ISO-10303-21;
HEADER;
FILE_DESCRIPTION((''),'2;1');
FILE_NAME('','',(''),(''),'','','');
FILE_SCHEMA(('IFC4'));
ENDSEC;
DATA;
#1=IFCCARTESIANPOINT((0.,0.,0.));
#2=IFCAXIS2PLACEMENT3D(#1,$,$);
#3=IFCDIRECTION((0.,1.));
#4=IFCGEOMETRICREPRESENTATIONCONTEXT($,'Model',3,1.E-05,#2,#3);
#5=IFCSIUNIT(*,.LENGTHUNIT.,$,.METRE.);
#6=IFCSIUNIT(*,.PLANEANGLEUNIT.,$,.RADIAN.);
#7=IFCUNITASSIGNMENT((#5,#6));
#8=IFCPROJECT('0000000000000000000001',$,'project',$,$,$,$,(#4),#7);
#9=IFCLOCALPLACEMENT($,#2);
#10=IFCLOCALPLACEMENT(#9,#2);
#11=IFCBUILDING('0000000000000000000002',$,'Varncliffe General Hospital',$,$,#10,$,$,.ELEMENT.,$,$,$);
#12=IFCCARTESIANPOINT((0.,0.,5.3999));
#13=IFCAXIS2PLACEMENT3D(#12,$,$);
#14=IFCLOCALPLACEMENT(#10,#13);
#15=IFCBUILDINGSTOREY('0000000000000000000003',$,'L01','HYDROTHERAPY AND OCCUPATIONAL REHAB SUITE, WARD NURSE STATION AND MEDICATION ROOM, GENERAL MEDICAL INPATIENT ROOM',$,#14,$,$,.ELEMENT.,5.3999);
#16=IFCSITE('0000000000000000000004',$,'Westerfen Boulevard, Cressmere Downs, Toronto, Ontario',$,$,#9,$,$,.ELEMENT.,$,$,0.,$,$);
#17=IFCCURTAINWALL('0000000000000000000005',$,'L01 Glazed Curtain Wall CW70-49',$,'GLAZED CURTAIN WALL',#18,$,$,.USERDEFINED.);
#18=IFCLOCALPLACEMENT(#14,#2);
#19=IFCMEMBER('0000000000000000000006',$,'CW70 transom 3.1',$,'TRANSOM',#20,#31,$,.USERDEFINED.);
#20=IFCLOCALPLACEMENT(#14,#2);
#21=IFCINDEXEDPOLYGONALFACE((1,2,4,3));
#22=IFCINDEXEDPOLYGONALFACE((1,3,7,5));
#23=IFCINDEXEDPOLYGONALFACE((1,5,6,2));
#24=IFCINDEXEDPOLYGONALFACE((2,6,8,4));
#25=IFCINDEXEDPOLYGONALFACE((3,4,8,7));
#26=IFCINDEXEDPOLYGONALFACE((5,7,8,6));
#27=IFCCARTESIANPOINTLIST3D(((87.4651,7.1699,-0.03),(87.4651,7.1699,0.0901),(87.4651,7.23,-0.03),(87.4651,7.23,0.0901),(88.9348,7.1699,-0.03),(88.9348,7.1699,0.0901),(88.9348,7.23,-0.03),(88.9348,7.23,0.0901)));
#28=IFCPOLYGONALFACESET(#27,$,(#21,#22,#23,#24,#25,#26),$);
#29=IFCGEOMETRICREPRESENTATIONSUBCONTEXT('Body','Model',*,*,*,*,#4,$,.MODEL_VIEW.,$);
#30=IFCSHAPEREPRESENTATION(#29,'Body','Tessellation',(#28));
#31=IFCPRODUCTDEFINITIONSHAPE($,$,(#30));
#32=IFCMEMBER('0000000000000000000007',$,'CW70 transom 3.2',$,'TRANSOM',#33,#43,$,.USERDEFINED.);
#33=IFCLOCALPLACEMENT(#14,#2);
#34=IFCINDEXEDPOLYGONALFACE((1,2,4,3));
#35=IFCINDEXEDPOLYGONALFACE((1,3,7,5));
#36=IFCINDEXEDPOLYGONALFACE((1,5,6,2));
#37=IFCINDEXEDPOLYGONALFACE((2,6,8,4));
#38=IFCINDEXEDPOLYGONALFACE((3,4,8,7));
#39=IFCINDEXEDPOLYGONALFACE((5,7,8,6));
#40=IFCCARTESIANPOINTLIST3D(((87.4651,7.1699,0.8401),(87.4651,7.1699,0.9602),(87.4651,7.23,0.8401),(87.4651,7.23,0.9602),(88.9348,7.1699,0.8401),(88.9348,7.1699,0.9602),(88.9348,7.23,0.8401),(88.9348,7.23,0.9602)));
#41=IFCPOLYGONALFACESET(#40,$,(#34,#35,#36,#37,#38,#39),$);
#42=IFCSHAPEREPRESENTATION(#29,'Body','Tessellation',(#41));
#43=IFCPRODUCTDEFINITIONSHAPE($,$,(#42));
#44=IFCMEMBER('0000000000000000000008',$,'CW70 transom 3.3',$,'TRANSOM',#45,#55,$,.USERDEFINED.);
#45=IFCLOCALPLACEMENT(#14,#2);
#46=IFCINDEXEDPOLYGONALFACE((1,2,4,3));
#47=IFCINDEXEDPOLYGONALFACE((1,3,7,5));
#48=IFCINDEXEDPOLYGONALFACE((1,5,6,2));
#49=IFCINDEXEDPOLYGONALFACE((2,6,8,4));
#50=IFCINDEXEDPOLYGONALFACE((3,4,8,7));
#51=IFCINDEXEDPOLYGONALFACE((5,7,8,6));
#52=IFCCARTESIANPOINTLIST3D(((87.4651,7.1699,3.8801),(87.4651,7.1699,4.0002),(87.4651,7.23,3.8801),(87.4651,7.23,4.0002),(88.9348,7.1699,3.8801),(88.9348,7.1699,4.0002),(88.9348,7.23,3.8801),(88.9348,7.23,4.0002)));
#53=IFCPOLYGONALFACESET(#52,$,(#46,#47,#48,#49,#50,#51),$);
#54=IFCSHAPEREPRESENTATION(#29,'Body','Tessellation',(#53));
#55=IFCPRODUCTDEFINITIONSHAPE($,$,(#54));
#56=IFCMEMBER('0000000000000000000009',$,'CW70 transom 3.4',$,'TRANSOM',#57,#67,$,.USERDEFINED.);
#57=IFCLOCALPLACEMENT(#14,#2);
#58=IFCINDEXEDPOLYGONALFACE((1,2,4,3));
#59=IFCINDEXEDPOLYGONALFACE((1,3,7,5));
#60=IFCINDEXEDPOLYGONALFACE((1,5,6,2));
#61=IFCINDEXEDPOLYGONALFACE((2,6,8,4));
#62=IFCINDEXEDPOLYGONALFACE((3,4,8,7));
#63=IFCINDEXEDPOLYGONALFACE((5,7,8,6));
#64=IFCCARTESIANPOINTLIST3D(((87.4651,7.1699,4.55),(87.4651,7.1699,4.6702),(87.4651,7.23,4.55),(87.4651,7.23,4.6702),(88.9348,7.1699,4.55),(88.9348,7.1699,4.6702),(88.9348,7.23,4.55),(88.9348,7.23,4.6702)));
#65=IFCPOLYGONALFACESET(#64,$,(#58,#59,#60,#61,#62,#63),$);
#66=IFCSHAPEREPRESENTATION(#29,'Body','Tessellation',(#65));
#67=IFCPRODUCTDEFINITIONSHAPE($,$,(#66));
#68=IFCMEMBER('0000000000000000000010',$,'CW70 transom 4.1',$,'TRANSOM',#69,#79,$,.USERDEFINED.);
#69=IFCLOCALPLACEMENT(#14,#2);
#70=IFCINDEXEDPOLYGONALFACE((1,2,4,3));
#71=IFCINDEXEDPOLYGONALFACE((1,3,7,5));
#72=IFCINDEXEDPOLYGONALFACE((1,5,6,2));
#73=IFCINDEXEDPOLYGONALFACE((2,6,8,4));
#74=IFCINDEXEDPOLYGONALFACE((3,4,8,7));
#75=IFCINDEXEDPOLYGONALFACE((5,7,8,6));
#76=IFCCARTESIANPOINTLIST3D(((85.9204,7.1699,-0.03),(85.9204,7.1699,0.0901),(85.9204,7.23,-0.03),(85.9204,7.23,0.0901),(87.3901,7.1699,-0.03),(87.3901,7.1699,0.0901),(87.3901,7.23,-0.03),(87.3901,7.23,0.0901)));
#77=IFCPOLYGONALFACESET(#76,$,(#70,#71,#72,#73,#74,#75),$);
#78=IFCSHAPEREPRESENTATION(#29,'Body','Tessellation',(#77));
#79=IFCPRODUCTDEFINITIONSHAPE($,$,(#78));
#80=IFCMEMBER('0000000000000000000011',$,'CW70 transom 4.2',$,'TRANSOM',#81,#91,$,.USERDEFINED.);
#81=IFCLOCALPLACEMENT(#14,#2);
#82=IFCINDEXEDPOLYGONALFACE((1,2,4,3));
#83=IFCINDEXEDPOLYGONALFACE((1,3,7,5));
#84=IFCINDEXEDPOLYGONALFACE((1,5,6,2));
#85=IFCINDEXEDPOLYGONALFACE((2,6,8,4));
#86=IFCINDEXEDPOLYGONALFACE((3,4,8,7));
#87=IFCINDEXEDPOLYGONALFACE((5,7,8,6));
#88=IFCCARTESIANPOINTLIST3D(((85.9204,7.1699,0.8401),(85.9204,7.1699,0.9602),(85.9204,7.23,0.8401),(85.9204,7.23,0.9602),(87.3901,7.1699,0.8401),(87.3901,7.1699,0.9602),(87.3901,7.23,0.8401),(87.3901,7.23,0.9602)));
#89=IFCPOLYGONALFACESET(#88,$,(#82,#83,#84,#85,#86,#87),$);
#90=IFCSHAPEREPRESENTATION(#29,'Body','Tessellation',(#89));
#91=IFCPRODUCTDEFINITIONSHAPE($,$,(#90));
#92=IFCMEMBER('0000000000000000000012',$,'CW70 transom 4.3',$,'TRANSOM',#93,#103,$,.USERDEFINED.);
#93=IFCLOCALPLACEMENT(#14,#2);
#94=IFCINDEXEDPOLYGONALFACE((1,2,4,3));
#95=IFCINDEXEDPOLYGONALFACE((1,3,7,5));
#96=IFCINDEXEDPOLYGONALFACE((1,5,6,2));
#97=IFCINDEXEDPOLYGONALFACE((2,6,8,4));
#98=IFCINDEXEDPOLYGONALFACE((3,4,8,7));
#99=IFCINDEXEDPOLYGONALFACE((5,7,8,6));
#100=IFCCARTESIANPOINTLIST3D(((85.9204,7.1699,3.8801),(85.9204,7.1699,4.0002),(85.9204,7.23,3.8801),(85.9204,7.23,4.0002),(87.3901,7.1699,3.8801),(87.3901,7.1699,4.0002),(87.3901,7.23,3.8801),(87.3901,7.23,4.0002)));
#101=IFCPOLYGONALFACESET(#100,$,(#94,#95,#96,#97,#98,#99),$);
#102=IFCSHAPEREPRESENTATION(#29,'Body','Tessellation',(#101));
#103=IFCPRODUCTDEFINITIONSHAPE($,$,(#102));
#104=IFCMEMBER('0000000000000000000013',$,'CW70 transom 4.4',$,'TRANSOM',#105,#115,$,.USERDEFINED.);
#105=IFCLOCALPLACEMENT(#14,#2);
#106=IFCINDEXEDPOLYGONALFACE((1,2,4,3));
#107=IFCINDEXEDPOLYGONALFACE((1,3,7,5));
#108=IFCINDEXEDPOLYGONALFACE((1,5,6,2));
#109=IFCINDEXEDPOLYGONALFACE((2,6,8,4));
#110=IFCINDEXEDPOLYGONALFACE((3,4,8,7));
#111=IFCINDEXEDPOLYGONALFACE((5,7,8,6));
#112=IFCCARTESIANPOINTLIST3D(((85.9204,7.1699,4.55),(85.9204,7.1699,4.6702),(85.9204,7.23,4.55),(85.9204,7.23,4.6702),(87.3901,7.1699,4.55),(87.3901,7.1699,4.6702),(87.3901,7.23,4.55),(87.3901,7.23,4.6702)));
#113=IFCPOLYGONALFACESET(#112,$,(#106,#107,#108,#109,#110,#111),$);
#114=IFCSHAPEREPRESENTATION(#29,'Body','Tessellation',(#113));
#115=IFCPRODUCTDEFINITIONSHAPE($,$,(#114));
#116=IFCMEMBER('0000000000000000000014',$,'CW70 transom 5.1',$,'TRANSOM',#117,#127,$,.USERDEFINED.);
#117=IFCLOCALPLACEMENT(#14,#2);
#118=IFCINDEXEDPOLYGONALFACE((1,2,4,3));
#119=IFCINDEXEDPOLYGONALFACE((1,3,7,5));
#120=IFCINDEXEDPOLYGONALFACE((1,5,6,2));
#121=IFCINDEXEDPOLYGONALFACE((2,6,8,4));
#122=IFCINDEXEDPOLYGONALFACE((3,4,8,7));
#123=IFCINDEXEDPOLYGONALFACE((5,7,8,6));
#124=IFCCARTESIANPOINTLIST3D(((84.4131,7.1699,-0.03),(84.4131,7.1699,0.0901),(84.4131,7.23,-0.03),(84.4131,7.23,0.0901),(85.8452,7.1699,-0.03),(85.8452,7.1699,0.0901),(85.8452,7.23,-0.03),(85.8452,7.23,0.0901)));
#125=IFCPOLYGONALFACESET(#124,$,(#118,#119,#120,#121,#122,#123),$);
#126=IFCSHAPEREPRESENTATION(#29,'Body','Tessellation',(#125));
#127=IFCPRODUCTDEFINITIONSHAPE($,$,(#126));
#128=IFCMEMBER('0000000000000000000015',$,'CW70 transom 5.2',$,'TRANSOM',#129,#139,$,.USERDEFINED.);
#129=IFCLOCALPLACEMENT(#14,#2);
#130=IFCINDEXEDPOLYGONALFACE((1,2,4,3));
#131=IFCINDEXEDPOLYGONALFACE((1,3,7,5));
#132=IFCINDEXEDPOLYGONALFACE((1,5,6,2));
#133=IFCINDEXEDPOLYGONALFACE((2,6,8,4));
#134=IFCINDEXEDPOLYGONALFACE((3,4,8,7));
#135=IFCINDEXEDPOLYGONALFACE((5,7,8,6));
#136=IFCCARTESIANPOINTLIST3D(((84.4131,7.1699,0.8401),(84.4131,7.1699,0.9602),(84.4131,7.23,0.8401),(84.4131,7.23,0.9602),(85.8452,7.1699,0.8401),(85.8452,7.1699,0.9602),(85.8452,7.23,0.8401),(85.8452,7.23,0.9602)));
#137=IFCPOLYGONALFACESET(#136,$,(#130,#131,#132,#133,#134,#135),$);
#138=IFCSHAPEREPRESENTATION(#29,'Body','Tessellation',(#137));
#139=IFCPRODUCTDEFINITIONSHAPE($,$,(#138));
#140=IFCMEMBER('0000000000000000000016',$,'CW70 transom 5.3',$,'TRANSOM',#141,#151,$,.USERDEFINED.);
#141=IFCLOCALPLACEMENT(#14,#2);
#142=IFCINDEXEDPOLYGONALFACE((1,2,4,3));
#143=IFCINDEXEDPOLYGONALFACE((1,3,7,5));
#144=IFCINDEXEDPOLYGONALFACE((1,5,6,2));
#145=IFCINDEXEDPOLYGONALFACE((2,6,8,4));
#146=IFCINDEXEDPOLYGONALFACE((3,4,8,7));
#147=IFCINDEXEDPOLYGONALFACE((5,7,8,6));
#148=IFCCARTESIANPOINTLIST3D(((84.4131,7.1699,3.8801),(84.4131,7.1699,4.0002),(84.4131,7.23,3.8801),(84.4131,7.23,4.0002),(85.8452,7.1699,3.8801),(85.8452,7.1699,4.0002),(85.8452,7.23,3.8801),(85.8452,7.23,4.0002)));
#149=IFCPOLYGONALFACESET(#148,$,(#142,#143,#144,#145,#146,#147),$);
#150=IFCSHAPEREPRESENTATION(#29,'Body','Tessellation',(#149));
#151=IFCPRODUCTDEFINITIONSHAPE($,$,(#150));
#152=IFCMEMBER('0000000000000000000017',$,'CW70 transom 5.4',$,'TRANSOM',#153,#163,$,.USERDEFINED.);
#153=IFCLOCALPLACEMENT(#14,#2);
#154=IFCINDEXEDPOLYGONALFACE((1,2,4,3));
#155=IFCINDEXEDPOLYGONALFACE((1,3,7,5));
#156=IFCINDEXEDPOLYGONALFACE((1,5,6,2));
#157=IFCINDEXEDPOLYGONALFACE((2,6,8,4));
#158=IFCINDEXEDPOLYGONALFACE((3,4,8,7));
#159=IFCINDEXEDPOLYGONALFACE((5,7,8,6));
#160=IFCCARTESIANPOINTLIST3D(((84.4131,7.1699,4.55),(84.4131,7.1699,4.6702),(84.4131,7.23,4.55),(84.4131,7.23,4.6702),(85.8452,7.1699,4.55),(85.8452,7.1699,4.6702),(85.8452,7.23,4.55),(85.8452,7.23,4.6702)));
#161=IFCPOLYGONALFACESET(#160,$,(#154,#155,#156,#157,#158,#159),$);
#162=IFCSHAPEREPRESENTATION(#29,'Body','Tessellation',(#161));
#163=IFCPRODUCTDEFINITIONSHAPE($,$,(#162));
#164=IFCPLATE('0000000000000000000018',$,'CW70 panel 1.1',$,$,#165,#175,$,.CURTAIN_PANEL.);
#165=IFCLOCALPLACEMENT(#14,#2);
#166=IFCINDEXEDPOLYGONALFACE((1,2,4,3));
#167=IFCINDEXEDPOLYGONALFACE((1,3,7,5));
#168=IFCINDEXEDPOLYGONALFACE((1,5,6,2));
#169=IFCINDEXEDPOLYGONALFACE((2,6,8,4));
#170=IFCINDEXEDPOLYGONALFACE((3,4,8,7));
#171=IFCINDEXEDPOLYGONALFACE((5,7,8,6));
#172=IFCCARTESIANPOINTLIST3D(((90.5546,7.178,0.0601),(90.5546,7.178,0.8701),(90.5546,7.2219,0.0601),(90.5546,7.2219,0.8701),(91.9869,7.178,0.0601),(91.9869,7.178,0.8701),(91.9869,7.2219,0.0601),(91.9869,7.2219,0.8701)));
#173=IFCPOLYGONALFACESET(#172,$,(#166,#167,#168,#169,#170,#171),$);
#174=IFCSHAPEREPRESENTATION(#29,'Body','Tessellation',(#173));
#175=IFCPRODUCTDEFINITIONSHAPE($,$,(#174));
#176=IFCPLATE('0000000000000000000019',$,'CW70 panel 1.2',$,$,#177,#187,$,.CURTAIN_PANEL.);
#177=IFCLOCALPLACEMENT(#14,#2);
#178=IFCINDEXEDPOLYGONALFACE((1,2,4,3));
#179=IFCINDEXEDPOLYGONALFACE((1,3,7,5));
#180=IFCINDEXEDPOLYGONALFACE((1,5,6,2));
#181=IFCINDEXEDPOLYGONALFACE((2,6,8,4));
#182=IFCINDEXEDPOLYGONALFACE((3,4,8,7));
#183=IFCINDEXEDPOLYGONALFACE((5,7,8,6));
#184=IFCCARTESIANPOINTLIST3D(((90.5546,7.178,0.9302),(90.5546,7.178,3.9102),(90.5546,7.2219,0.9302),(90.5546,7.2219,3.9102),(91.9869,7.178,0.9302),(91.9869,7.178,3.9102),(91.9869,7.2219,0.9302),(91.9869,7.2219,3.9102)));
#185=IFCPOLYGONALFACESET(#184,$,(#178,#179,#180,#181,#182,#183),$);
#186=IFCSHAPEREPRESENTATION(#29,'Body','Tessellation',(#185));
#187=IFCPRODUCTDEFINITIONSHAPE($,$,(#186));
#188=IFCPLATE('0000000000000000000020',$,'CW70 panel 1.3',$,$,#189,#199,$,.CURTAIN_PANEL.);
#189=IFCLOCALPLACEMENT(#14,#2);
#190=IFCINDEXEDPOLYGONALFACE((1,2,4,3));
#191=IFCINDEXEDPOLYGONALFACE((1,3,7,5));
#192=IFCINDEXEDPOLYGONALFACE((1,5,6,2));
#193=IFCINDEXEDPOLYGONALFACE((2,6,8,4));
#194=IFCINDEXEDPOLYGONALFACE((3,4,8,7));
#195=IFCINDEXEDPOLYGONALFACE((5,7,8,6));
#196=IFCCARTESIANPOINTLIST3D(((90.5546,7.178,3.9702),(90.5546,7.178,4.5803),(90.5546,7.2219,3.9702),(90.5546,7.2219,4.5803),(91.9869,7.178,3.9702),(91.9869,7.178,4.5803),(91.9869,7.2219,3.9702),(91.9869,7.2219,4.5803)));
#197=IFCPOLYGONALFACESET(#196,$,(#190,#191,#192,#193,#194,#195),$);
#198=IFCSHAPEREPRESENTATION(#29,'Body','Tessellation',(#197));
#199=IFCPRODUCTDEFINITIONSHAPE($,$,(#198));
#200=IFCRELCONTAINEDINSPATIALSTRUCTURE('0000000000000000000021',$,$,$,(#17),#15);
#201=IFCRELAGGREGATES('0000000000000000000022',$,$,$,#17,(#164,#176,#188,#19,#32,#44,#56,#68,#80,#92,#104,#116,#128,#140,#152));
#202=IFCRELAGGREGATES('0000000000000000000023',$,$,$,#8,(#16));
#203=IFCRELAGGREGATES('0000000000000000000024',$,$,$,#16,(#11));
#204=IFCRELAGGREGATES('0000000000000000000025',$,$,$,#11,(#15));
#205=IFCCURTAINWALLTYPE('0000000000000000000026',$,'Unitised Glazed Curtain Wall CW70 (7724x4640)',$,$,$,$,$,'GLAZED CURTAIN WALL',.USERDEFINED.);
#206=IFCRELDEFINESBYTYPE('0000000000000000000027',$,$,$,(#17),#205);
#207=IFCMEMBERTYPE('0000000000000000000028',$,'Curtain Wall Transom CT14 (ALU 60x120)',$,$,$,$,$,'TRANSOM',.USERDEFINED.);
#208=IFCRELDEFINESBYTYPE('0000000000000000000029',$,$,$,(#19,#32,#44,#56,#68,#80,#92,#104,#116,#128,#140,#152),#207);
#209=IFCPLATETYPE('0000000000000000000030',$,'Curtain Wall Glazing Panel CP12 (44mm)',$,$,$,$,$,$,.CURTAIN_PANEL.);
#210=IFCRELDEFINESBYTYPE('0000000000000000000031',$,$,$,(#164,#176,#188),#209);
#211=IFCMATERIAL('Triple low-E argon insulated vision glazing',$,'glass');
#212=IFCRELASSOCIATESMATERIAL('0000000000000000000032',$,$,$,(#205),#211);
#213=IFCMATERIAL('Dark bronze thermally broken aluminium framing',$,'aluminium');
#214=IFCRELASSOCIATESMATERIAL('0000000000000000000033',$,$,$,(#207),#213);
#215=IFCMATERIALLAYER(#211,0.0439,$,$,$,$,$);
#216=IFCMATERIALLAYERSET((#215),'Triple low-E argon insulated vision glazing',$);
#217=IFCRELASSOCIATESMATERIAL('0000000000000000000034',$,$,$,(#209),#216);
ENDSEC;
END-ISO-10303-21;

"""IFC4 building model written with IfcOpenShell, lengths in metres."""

from ifc_helpers import new_model, si_unit, direction, frame, origin, origin_2d, place, context, subcontext, project, spatial, rectangle, extrude, material, layer, layer_set, material_profile, profile_set, type_object, element, aggregate, save


model = new_model("IFC4")

# Units and contexts
model_context = context("Model", 3, precision=1e-05, world=origin(), true_north=direction((0.0, 1.0)))
body_context = subcontext(model_context, "Body", "Model", "MODEL_VIEW")
ifc_project = project(units=[si_unit("LENGTHUNIT", "METRE"), si_unit("PLANEANGLEUNIT", "RADIAN")], contexts=[model_context])

# Site, building, storey
site_placement = place(None, origin())
site = spatial("IfcSite", under=ifc_project, at=site_placement, Name="Westerfen Boulevard, Cressmere Downs, Toronto, Ontario", CompositionType="ELEMENT", RefElevation=0.0)
building_placement = place(site_placement, origin())
building = spatial("IfcBuilding", under=site, at=building_placement, Name="Varncliffe General Hospital", CompositionType="ELEMENT")
storey_placement = place(building_placement, frame((0.0, 0.0, 5.3999)))
storey = spatial("IfcBuildingStorey", under=building, at=storey_placement, Name="L01", Description="HYDROTHERAPY AND OCCUPATIONAL REHAB SUITE, WARD NURSE STATION AND MEDICATION ROOM, GENERAL MEDICAL INPATIENT ROOM", CompositionType="ELEMENT", Elevation=5.3999)

# Curtain wall, members, plates
ifc_material_1 = material(Name="Triple low-E argon insulated vision glazing", Category="glass")
curtain_wall_type = type_object("IfcCurtainWallType", Name="Unitised Glazed Curtain Wall CW70 (7724x4640)", ElementType="GLAZED CURTAIN WALL", PredefinedType="USERDEFINED", material=ifc_material_1)
curtain_wall_placement = place(storey_placement, origin())
curtain_wall = element("IfcCurtainWall", 1, at=curtain_wall_placement, inside=storey, type_object=curtain_wall_type, Name="L01 Glazed Curtain Wall CW70-49", ObjectType="GLAZED CURTAIN WALL", PredefinedType="USERDEFINED")
ifc_material_2 = material(Name="Dark bronze thermally broken aluminium framing", Category="aluminium")
ifc_material_profile_1 = material_profile(ifc_material_2, rectangle(XDim=0.0601, YDim=0.1201, at=origin_2d()), Name="ALU 60x120")
ifc_profile_set_1 = profile_set([ifc_material_profile_1], Name="Dark bronze thermally broken aluminium framing")
member_type_1 = type_object("IfcMemberType", Name="Curtain Wall Transom CT14 (ALU 60x120)", ElementType="TRANSOM", PredefinedType="USERDEFINED", material=ifc_profile_set_1)
member_1_placement = place(storey_placement, frame((88.9348, 7.2, 0.03), z_axis=(-1.0, 0.0, 0.0), x_axis=(0.0, -1.0, 0.0)))
member_1 = element("IfcMember", 2, at=member_1_placement, type_object=member_type_1, Name="CW70 transom 3.1", ObjectType="TRANSOM", PredefinedType="USERDEFINED", context=body_context, shape_type="SweptSolid", body=[
    extrude(rectangle(XDim=0.0601, YDim=0.1201, at=origin_2d()), origin(), (0.0, 0.0, 1.0), 1.4697),
])
member_2_placement = place(storey_placement, frame((88.9348, 7.2, 0.9001), z_axis=(-1.0, 0.0, 0.0), x_axis=(0.0, -1.0, 0.0)))
member_2 = element("IfcMember", 3, at=member_2_placement, type_object=member_type_1, Name="CW70 transom 3.2", ObjectType="TRANSOM", PredefinedType="USERDEFINED", context=body_context, shape_type="SweptSolid", body=[
    extrude(rectangle(XDim=0.0601, YDim=0.1201, at=origin_2d()), origin(), (0.0, 0.0, 1.0), 1.4697),
])
member_3_placement = place(storey_placement, frame((88.9348, 7.2, 3.9402), z_axis=(-1.0, 0.0, 0.0), x_axis=(0.0, -1.0, 0.0)))
member_3 = element("IfcMember", 4, at=member_3_placement, type_object=member_type_1, Name="CW70 transom 3.3", ObjectType="TRANSOM", PredefinedType="USERDEFINED", context=body_context, shape_type="SweptSolid", body=[
    extrude(rectangle(XDim=0.0601, YDim=0.1201, at=origin_2d()), origin(), (0.0, 0.0, 1.0), 1.4697),
])
member_4_placement = place(storey_placement, frame((88.9348, 7.2, 4.6101), z_axis=(-1.0, 0.0, 0.0), x_axis=(0.0, -1.0, 0.0)))
member_4 = element("IfcMember", 5, at=member_4_placement, type_object=member_type_1, Name="CW70 transom 3.4", ObjectType="TRANSOM", PredefinedType="USERDEFINED", context=body_context, shape_type="SweptSolid", body=[
    extrude(rectangle(XDim=0.0601, YDim=0.1201, at=origin_2d()), origin(), (0.0, 0.0, 1.0), 1.4697),
])
member_5_placement = place(storey_placement, frame((87.3901, 7.2, 0.03), z_axis=(-1.0, 0.0, 0.0), x_axis=(0.0, -1.0, 0.0)))
member_5 = element("IfcMember", 6, at=member_5_placement, type_object=member_type_1, Name="CW70 transom 4.1", ObjectType="TRANSOM", PredefinedType="USERDEFINED", context=body_context, shape_type="SweptSolid", body=[
    extrude(rectangle(XDim=0.0601, YDim=0.1201, at=origin_2d()), origin(), (0.0, 0.0, 1.0), 1.4697),
])
member_6_placement = place(storey_placement, frame((87.3901, 7.2, 0.9001), z_axis=(-1.0, 0.0, 0.0), x_axis=(0.0, -1.0, 0.0)))
member_6 = element("IfcMember", 7, at=member_6_placement, type_object=member_type_1, Name="CW70 transom 4.2", ObjectType="TRANSOM", PredefinedType="USERDEFINED", context=body_context, shape_type="SweptSolid", body=[
    extrude(rectangle(XDim=0.0601, YDim=0.1201, at=origin_2d()), origin(), (0.0, 0.0, 1.0), 1.4697),
])
member_7_placement = place(storey_placement, frame((87.3901, 7.2, 3.9402), z_axis=(-1.0, 0.0, 0.0), x_axis=(0.0, -1.0, 0.0)))
member_7 = element("IfcMember", 8, at=member_7_placement, type_object=member_type_1, Name="CW70 transom 4.3", ObjectType="TRANSOM", PredefinedType="USERDEFINED", context=body_context, shape_type="SweptSolid", body=[
    extrude(rectangle(XDim=0.0601, YDim=0.1201, at=origin_2d()), origin(), (0.0, 0.0, 1.0), 1.4697),
])
member_8_placement = place(storey_placement, frame((87.3901, 7.2, 4.6101), z_axis=(-1.0, 0.0, 0.0), x_axis=(0.0, -1.0, 0.0)))
member_8 = element("IfcMember", 9, at=member_8_placement, type_object=member_type_1, Name="CW70 transom 4.4", ObjectType="TRANSOM", PredefinedType="USERDEFINED", context=body_context, shape_type="SweptSolid", body=[
    extrude(rectangle(XDim=0.0601, YDim=0.1201, at=origin_2d()), origin(), (0.0, 0.0, 1.0), 1.4697),
])
member_9_placement = place(storey_placement, frame((85.8452, 7.2, 0.03), z_axis=(-1.0, 0.0, 0.0), x_axis=(0.0, -1.0, 0.0)))
member_9 = element("IfcMember", 10, at=member_9_placement, type_object=member_type_1, Name="CW70 transom 5.1", ObjectType="TRANSOM", PredefinedType="USERDEFINED", context=body_context, shape_type="SweptSolid", body=[
    extrude(rectangle(XDim=0.0601, YDim=0.1201, at=origin_2d()), origin(), (0.0, 0.0, 1.0), 1.4321),
])
member_10_placement = place(storey_placement, frame((85.8452, 7.2, 0.9001), z_axis=(-1.0, 0.0, 0.0), x_axis=(0.0, -1.0, 0.0)))
member_10 = element("IfcMember", 11, at=member_10_placement, type_object=member_type_1, Name="CW70 transom 5.2", ObjectType="TRANSOM", PredefinedType="USERDEFINED", context=body_context, shape_type="SweptSolid", body=[
    extrude(rectangle(XDim=0.0601, YDim=0.1201, at=origin_2d()), origin(), (0.0, 0.0, 1.0), 1.4321),
])
member_11_placement = place(storey_placement, frame((85.8452, 7.2, 3.9402), z_axis=(-1.0, 0.0, 0.0), x_axis=(0.0, -1.0, 0.0)))
member_11 = element("IfcMember", 12, at=member_11_placement, type_object=member_type_1, Name="CW70 transom 5.3", ObjectType="TRANSOM", PredefinedType="USERDEFINED", context=body_context, shape_type="SweptSolid", body=[
    extrude(rectangle(XDim=0.0601, YDim=0.1201, at=origin_2d()), origin(), (0.0, 0.0, 1.0), 1.4321),
])
member_12_placement = place(storey_placement, frame((85.8452, 7.2, 4.6101), z_axis=(-1.0, 0.0, 0.0), x_axis=(0.0, -1.0, 0.0)))
member_12 = element("IfcMember", 13, at=member_12_placement, type_object=member_type_1, Name="CW70 transom 5.4", ObjectType="TRANSOM", PredefinedType="USERDEFINED", context=body_context, shape_type="SweptSolid", body=[
    extrude(rectangle(XDim=0.0601, YDim=0.1201, at=origin_2d()), origin(), (0.0, 0.0, 1.0), 1.4321),
])
ifc_layer = layer(ifc_material_1, 0.0439)
ifc_layer_set = layer_set([ifc_layer], Name="Triple low-E argon insulated vision glazing")
plate_type = type_object("IfcPlateType", Name="Curtain Wall Glazing Panel CP12 (44mm)", PredefinedType="CURTAIN_PANEL", material=ifc_layer_set)
plate_1_placement = place(storey_placement, frame((91.2708, 7.2, 0.0601), z_axis=(0.0, 0.0, 1.0), x_axis=(-1.0, 0.0, 0.0)))
plate_1 = element("IfcPlate", 14, at=plate_1_placement, type_object=plate_type, Name="CW70 panel 1.1", PredefinedType="CURTAIN_PANEL", context=body_context, shape_type="SweptSolid", body=[
    extrude(rectangle(XDim=1.4324, YDim=0.0439, at=origin_2d()), origin(), (0.0, 0.0, 1.0), 0.8101),
])
plate_2_placement = place(storey_placement, frame((91.2708, 7.2, 0.9302), z_axis=(0.0, 0.0, 1.0), x_axis=(-1.0, 0.0, 0.0)))
plate_2 = element("IfcPlate", 15, at=plate_2_placement, type_object=plate_type, Name="CW70 panel 1.2", PredefinedType="CURTAIN_PANEL", context=body_context, shape_type="SweptSolid", body=[
    extrude(rectangle(XDim=1.4324, YDim=0.0439, at=origin_2d()), origin(), (0.0, 0.0, 1.0), 2.98),
])
plate_3_placement = place(storey_placement, frame((91.2708, 7.2, 3.9702), z_axis=(0.0, 0.0, 1.0), x_axis=(-1.0, 0.0, 0.0)))
plate_3 = element("IfcPlate", 16, at=plate_3_placement, type_object=plate_type, Name="CW70 panel 1.3", PredefinedType="CURTAIN_PANEL", context=body_context, shape_type="SweptSolid", body=[
    extrude(rectangle(XDim=1.4324, YDim=0.0439, at=origin_2d()), origin(), (0.0, 0.0, 1.0), 0.6101),
])
aggregate(curtain_wall, [plate_1, plate_2, plate_3, member_1, member_2, member_3, member_4, member_5, member_6, member_7, member_8, member_9, member_10, member_11, member_12])

save(model, "model.ifc")
